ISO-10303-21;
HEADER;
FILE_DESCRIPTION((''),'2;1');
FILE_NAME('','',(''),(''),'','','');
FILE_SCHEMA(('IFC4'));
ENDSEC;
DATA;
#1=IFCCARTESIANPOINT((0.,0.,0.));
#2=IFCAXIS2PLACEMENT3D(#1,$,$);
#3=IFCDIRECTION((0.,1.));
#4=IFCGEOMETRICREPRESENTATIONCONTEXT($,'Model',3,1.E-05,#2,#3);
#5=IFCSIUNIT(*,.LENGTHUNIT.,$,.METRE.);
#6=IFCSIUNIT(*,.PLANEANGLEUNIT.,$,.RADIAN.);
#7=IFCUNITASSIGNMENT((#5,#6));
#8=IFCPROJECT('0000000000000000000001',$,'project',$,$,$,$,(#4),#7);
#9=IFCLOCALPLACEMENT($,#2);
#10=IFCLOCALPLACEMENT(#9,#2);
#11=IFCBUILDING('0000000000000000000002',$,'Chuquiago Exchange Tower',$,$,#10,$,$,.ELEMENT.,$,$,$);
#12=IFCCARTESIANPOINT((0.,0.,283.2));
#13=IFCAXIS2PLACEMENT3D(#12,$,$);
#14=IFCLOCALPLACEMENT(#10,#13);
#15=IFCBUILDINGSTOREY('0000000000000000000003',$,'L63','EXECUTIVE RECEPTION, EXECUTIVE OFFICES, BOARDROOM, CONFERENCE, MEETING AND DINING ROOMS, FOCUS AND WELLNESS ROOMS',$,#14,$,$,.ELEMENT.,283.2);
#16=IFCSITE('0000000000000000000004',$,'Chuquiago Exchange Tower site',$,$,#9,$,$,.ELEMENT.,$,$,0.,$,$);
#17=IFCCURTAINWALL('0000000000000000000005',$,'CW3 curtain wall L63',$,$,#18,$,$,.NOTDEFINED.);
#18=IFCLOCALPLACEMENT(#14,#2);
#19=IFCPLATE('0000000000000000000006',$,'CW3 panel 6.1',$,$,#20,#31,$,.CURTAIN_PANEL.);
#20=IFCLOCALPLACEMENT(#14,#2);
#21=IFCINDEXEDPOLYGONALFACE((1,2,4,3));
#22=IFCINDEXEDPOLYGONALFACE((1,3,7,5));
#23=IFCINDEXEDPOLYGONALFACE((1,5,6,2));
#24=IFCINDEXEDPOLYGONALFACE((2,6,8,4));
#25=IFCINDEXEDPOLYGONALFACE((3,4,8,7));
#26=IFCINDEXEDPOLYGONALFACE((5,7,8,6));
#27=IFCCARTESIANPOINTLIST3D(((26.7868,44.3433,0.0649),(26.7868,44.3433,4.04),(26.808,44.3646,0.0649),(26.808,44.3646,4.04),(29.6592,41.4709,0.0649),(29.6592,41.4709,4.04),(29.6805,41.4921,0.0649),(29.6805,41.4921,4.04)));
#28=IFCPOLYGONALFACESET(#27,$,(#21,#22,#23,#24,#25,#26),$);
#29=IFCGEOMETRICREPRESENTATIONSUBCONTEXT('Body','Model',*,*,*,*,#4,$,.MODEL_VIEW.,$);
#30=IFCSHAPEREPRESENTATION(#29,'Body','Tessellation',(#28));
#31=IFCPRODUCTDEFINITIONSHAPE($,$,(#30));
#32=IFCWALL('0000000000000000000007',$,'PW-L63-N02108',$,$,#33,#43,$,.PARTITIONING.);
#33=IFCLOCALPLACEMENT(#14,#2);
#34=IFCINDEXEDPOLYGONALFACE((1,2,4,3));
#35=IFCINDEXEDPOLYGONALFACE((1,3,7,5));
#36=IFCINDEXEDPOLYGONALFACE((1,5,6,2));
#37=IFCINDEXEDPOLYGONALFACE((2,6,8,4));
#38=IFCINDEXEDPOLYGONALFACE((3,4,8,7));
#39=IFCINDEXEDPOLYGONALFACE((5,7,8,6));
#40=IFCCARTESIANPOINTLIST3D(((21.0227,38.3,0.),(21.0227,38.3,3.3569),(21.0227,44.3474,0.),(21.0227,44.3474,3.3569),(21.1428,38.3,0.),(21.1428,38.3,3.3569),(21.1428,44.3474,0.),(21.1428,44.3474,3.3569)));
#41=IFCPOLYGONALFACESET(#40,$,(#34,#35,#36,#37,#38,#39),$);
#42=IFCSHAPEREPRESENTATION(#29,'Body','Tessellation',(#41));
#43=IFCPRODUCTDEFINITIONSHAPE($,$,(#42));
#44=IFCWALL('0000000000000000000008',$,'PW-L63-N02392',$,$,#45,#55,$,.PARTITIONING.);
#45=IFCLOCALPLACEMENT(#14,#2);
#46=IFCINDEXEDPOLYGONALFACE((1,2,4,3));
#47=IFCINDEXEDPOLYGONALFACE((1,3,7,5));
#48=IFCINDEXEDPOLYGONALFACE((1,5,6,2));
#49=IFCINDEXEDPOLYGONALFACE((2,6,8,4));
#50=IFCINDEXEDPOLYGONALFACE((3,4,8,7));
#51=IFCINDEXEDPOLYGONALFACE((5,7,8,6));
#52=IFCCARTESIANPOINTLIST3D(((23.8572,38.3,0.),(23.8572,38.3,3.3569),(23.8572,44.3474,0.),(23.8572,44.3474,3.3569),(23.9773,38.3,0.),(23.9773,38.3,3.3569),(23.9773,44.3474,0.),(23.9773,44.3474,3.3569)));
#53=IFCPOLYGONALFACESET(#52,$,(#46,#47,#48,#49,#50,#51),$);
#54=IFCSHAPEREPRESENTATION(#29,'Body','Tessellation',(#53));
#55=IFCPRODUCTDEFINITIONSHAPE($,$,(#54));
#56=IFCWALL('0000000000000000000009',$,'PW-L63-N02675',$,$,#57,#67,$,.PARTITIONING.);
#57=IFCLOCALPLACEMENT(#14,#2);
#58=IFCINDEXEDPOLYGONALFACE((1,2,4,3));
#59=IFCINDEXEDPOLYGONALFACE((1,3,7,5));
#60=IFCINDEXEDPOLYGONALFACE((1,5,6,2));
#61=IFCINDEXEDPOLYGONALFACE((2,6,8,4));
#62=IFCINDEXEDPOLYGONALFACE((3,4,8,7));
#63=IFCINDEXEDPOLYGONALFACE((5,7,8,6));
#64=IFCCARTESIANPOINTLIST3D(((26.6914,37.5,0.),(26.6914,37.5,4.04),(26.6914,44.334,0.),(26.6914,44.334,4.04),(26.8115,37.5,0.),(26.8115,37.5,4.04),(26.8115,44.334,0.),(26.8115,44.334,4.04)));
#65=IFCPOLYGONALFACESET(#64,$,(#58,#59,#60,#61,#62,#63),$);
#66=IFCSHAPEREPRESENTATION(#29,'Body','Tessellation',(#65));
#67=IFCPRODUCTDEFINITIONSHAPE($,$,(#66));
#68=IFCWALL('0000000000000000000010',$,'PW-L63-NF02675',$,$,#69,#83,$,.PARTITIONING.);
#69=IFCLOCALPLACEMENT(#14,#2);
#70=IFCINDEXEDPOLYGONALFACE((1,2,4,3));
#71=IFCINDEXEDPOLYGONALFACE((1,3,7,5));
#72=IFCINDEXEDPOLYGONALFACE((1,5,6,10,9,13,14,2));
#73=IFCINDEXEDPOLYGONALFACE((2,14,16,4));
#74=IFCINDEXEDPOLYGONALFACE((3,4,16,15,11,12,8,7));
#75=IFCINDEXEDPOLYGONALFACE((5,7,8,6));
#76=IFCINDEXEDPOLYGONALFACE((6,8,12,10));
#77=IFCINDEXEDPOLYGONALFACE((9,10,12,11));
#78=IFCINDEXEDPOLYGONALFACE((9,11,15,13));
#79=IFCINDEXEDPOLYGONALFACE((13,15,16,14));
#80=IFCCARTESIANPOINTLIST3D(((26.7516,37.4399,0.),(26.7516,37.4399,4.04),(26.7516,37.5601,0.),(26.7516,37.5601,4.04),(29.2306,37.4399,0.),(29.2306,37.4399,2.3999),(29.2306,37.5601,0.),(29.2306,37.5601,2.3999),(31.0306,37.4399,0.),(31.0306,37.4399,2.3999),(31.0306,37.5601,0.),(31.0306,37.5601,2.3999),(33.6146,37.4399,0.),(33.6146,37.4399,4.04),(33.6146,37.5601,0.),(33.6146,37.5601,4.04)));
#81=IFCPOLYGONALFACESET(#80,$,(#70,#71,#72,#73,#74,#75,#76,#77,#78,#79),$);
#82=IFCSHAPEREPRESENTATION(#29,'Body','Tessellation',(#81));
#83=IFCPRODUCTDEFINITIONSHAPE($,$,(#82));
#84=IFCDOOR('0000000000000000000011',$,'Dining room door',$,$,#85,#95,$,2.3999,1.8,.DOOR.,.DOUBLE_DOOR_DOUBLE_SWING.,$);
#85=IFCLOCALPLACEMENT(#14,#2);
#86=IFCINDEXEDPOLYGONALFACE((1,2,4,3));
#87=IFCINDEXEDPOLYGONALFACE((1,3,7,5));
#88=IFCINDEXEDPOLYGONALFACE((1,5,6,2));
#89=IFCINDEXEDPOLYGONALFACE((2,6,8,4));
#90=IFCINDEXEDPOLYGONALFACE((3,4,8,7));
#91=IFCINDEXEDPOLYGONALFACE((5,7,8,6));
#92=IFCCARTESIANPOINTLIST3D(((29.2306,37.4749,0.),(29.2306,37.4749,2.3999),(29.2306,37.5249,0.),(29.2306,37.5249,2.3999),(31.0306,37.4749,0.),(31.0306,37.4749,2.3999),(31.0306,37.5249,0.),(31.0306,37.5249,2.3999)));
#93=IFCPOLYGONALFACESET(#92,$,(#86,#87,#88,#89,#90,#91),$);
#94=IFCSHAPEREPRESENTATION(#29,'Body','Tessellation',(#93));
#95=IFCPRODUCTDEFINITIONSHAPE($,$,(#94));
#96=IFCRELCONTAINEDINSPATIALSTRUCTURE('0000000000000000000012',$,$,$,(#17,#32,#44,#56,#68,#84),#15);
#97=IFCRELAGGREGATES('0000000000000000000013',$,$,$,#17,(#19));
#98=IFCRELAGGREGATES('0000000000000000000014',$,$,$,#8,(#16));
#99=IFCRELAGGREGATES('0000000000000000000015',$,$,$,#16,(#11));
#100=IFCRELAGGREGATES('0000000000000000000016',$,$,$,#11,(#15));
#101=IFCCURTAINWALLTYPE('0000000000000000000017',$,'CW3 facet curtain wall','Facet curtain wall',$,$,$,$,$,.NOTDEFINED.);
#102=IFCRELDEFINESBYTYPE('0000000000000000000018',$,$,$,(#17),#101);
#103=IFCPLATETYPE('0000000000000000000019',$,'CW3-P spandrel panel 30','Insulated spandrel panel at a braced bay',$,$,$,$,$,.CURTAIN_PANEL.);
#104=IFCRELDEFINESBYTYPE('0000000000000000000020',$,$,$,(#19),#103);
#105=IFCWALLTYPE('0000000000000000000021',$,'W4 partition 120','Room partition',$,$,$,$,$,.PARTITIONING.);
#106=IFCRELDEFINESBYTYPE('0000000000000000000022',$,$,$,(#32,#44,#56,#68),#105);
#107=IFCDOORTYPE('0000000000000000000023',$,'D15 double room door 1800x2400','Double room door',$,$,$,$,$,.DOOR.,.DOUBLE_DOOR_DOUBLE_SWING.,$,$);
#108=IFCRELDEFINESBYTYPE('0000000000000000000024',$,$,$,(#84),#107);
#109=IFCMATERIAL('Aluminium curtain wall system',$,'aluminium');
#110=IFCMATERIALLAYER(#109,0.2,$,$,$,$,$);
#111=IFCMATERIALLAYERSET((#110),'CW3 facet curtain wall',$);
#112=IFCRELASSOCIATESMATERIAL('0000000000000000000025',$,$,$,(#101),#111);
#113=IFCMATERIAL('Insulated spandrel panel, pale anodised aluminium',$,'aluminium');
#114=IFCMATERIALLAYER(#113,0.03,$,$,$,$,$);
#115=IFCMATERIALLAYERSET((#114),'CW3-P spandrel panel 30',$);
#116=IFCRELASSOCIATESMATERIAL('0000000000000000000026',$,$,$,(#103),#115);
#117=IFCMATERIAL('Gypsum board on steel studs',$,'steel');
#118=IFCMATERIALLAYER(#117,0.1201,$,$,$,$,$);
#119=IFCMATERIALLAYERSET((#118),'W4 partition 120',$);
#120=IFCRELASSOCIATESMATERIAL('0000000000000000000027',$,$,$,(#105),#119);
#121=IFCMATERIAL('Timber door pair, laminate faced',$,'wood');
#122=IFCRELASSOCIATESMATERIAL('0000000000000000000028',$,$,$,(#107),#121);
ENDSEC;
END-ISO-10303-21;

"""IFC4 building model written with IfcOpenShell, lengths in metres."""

from ifc_helpers import new_model, si_unit, direction, frame, frame_2d, origin, origin_2d, place, context, subcontext, project, spatial, rectangle, extrude, material, layer, layer_set, type_object, element, fill, aggregate, save


model = new_model("IFC4")

# Units and contexts
model_context = context("Model", 3, precision=1e-05, world=origin(), true_north=direction((0.0, 1.0)))
body_context = subcontext(model_context, "Body", "Model", "MODEL_VIEW")
ifc_project = project(units=[si_unit("LENGTHUNIT", "METRE"), si_unit("PLANEANGLEUNIT", "RADIAN")], contexts=[model_context])

# Site, building, storey
site_placement = place(None, origin())
site = spatial("IfcSite", under=ifc_project, at=site_placement, Name="Chuquiago Exchange Tower site", CompositionType="ELEMENT", RefElevation=0.0)
building_placement = place(site_placement, origin())
building = spatial("IfcBuilding", under=site, at=building_placement, Name="Chuquiago Exchange Tower", CompositionType="ELEMENT")
storey_placement = place(building_placement, frame((0.0, 0.0, 283.2)))
storey = spatial("IfcBuildingStorey", under=building, at=storey_placement, Name="L63", Description="EXECUTIVE RECEPTION, EXECUTIVE OFFICES, BOARDROOM, CONFERENCE, MEETING AND DINING ROOMS, FOCUS AND WELLNESS ROOMS", CompositionType="ELEMENT", Elevation=283.2)

# Curtain wall
ifc_material_1 = material(Name="Aluminium curtain wall system", Category="aluminium")
ifc_layer_1 = layer(ifc_material_1, 0.2)
ifc_layer_set_1 = layer_set([ifc_layer_1], Name="CW3 facet curtain wall")
curtain_wall_type_1 = type_object("IfcCurtainWallType", Name="CW3 facet curtain wall", Description="Facet curtain wall", PredefinedType="NOTDEFINED", material=ifc_layer_set_1)
curtain_wall_1_placement = place(storey_placement, origin())
curtain_wall_1 = element("IfcCurtainWall", 1, at=curtain_wall_1_placement, inside=storey, type_object=curtain_wall_type_1, Name="CW3 curtain wall L63", PredefinedType="NOTDEFINED")

# Plate
ifc_material_2 = material(Name="Insulated spandrel panel, pale anodised aluminium", Category="aluminium")
ifc_layer_2 = layer(ifc_material_2, 0.03)
ifc_layer_set_2 = layer_set([ifc_layer_2], Name="CW3-P spandrel panel 30")
plate_type_1 = type_object("IfcPlateType", Name="CW3-P spandrel panel 30", Description="Insulated spandrel panel at a braced bay", PredefinedType="CURTAIN_PANEL", material=ifc_layer_set_2)
plate_1_placement = place(storey_placement, frame((28.2336, 42.9177, 0.0649), z_axis=(0.0, 0.0, 1.0), x_axis=(-0.707107, 0.707107, 0.0)))
plate_1 = element("IfcPlate", 2, at=plate_1_placement, type_object=plate_type_1, Name="CW3 panel 6.1", PredefinedType="CURTAIN_PANEL", context=body_context, shape_type="SweptSolid", body=[
    extrude(rectangle(XDim=4.0623, YDim=0.03, at=origin_2d()), origin(), (0.0, 0.0, 1.0), 3.9751),
])
aggregate(curtain_wall_1, [plate_1])

# Walls
ifc_material_3 = material(Name="Gypsum board on steel studs", Category="steel")
ifc_layer_3 = layer(ifc_material_3, 0.1201)
ifc_layer_set_3 = layer_set([ifc_layer_3], Name="W4 partition 120")
wall_type = type_object("IfcWallType", Name="W4 partition 120", Description="Room partition", PredefinedType="PARTITIONING", material=ifc_layer_set_3)
for number, where, z_axis, x_axis, name in (
    (3, (21.0828, 44.3474, 0.0), (0.0, 0.0, 1.0), (0.0, -1.0, 0.0), "PW-L63-N02108"),
    (4, (23.9172, 44.3474, 0.0), (0.0, 0.0, 1.0), (0.0, -1.0, 0.0), "PW-L63-N02392"),
):
    element("IfcWall", number, at=place(storey_placement, frame(where, z_axis=z_axis, x_axis=x_axis)), inside=storey, type_object=wall_type, Name=name, PredefinedType="PARTITIONING", context=body_context, shape_type="SweptSolid", body=[
        extrude(rectangle(XDim=6.0474, YDim=0.1201, at=frame_2d((3.0237, 0.0))), origin(), (0.0, 0.0, 1.0), 3.3569),
    ])
wall_1_placement = place(storey_placement, frame((26.7515, 44.334, 0.0), z_axis=(0.0, 0.0, 1.0), x_axis=(0.0, -1.0, 0.0)))
element("IfcWall", 5, at=wall_1_placement, inside=storey, type_object=wall_type, Name="PW-L63-N02675", PredefinedType="PARTITIONING", context=body_context, shape_type="SweptSolid", body=[
    extrude(rectangle(XDim=6.834, YDim=0.1201, at=frame_2d((3.417, 0.0))), origin(), (0.0, 0.0, 1.0), 4.04),
])

# Wall, opening, door
wall_2_placement = place(storey_placement, frame((26.7515, 37.5, 0.0), z_axis=(0.0, 0.0, 1.0), x_axis=(1.0, 0.0, 0.0)))
wall_2 = element("IfcWall", 6, at=wall_2_placement, inside=storey, type_object=wall_type, Name="PW-L63-NF02675", PredefinedType="PARTITIONING", context=body_context, shape_type="SweptSolid", body=[
    extrude(rectangle(XDim=6.863, YDim=0.1201, at=frame_2d((3.4316, 0.0))), origin(), (0.0, 0.0, 1.0), 4.04),
])
opening_1_placement = place(wall_2_placement, frame((2.4792, 0.0, 0.0)))
opening_1 = element("IfcOpeningElement", 7, at=opening_1_placement, cuts=wall_2, PredefinedType="OPENING", context=body_context, shape_type="SweptSolid", body=[
    extrude(rectangle(XDim=1.8, YDim=2.3999, at=frame_2d((0.8999, 1.2))), frame((0.0, 0.0701, 0.0), z_axis=(0.0, -1.0, 0.0), x_axis=(1.0, 0.0, 0.0)), (0.0, 0.0, 1.0), 0.1401),
])
ifc_material_4 = material(Name="Timber door pair, laminate faced", Category="wood")
door_type_1 = type_object("IfcDoorType", Name="D15 double room door 1800x2400", Description="Double room door", OperationType="DOUBLE_DOOR_DOUBLE_SWING", PredefinedType="DOOR", material=ifc_material_4)
door_1_placement = place(opening_1_placement, origin())
door_1 = element("IfcDoor", 8, at=door_1_placement, inside=storey, type_object=door_type_1, Name="Dining room door", OperationType="DOUBLE_DOOR_DOUBLE_SWING", OverallHeight=2.3999, OverallWidth=1.8, PredefinedType="DOOR", context=body_context, shape_type="SweptSolid", body=[
    extrude(rectangle(XDim=1.8, YDim=2.3999, at=frame_2d((0.8999, 1.2))), frame((0.0, 0.0249, 0.0), z_axis=(0.0, -1.0, 0.0), x_axis=(1.0, 0.0, 0.0)), (0.0, 0.0, 1.0), 0.05),
])
fill(opening_1, door_1)

save(model, "model.ifc")
